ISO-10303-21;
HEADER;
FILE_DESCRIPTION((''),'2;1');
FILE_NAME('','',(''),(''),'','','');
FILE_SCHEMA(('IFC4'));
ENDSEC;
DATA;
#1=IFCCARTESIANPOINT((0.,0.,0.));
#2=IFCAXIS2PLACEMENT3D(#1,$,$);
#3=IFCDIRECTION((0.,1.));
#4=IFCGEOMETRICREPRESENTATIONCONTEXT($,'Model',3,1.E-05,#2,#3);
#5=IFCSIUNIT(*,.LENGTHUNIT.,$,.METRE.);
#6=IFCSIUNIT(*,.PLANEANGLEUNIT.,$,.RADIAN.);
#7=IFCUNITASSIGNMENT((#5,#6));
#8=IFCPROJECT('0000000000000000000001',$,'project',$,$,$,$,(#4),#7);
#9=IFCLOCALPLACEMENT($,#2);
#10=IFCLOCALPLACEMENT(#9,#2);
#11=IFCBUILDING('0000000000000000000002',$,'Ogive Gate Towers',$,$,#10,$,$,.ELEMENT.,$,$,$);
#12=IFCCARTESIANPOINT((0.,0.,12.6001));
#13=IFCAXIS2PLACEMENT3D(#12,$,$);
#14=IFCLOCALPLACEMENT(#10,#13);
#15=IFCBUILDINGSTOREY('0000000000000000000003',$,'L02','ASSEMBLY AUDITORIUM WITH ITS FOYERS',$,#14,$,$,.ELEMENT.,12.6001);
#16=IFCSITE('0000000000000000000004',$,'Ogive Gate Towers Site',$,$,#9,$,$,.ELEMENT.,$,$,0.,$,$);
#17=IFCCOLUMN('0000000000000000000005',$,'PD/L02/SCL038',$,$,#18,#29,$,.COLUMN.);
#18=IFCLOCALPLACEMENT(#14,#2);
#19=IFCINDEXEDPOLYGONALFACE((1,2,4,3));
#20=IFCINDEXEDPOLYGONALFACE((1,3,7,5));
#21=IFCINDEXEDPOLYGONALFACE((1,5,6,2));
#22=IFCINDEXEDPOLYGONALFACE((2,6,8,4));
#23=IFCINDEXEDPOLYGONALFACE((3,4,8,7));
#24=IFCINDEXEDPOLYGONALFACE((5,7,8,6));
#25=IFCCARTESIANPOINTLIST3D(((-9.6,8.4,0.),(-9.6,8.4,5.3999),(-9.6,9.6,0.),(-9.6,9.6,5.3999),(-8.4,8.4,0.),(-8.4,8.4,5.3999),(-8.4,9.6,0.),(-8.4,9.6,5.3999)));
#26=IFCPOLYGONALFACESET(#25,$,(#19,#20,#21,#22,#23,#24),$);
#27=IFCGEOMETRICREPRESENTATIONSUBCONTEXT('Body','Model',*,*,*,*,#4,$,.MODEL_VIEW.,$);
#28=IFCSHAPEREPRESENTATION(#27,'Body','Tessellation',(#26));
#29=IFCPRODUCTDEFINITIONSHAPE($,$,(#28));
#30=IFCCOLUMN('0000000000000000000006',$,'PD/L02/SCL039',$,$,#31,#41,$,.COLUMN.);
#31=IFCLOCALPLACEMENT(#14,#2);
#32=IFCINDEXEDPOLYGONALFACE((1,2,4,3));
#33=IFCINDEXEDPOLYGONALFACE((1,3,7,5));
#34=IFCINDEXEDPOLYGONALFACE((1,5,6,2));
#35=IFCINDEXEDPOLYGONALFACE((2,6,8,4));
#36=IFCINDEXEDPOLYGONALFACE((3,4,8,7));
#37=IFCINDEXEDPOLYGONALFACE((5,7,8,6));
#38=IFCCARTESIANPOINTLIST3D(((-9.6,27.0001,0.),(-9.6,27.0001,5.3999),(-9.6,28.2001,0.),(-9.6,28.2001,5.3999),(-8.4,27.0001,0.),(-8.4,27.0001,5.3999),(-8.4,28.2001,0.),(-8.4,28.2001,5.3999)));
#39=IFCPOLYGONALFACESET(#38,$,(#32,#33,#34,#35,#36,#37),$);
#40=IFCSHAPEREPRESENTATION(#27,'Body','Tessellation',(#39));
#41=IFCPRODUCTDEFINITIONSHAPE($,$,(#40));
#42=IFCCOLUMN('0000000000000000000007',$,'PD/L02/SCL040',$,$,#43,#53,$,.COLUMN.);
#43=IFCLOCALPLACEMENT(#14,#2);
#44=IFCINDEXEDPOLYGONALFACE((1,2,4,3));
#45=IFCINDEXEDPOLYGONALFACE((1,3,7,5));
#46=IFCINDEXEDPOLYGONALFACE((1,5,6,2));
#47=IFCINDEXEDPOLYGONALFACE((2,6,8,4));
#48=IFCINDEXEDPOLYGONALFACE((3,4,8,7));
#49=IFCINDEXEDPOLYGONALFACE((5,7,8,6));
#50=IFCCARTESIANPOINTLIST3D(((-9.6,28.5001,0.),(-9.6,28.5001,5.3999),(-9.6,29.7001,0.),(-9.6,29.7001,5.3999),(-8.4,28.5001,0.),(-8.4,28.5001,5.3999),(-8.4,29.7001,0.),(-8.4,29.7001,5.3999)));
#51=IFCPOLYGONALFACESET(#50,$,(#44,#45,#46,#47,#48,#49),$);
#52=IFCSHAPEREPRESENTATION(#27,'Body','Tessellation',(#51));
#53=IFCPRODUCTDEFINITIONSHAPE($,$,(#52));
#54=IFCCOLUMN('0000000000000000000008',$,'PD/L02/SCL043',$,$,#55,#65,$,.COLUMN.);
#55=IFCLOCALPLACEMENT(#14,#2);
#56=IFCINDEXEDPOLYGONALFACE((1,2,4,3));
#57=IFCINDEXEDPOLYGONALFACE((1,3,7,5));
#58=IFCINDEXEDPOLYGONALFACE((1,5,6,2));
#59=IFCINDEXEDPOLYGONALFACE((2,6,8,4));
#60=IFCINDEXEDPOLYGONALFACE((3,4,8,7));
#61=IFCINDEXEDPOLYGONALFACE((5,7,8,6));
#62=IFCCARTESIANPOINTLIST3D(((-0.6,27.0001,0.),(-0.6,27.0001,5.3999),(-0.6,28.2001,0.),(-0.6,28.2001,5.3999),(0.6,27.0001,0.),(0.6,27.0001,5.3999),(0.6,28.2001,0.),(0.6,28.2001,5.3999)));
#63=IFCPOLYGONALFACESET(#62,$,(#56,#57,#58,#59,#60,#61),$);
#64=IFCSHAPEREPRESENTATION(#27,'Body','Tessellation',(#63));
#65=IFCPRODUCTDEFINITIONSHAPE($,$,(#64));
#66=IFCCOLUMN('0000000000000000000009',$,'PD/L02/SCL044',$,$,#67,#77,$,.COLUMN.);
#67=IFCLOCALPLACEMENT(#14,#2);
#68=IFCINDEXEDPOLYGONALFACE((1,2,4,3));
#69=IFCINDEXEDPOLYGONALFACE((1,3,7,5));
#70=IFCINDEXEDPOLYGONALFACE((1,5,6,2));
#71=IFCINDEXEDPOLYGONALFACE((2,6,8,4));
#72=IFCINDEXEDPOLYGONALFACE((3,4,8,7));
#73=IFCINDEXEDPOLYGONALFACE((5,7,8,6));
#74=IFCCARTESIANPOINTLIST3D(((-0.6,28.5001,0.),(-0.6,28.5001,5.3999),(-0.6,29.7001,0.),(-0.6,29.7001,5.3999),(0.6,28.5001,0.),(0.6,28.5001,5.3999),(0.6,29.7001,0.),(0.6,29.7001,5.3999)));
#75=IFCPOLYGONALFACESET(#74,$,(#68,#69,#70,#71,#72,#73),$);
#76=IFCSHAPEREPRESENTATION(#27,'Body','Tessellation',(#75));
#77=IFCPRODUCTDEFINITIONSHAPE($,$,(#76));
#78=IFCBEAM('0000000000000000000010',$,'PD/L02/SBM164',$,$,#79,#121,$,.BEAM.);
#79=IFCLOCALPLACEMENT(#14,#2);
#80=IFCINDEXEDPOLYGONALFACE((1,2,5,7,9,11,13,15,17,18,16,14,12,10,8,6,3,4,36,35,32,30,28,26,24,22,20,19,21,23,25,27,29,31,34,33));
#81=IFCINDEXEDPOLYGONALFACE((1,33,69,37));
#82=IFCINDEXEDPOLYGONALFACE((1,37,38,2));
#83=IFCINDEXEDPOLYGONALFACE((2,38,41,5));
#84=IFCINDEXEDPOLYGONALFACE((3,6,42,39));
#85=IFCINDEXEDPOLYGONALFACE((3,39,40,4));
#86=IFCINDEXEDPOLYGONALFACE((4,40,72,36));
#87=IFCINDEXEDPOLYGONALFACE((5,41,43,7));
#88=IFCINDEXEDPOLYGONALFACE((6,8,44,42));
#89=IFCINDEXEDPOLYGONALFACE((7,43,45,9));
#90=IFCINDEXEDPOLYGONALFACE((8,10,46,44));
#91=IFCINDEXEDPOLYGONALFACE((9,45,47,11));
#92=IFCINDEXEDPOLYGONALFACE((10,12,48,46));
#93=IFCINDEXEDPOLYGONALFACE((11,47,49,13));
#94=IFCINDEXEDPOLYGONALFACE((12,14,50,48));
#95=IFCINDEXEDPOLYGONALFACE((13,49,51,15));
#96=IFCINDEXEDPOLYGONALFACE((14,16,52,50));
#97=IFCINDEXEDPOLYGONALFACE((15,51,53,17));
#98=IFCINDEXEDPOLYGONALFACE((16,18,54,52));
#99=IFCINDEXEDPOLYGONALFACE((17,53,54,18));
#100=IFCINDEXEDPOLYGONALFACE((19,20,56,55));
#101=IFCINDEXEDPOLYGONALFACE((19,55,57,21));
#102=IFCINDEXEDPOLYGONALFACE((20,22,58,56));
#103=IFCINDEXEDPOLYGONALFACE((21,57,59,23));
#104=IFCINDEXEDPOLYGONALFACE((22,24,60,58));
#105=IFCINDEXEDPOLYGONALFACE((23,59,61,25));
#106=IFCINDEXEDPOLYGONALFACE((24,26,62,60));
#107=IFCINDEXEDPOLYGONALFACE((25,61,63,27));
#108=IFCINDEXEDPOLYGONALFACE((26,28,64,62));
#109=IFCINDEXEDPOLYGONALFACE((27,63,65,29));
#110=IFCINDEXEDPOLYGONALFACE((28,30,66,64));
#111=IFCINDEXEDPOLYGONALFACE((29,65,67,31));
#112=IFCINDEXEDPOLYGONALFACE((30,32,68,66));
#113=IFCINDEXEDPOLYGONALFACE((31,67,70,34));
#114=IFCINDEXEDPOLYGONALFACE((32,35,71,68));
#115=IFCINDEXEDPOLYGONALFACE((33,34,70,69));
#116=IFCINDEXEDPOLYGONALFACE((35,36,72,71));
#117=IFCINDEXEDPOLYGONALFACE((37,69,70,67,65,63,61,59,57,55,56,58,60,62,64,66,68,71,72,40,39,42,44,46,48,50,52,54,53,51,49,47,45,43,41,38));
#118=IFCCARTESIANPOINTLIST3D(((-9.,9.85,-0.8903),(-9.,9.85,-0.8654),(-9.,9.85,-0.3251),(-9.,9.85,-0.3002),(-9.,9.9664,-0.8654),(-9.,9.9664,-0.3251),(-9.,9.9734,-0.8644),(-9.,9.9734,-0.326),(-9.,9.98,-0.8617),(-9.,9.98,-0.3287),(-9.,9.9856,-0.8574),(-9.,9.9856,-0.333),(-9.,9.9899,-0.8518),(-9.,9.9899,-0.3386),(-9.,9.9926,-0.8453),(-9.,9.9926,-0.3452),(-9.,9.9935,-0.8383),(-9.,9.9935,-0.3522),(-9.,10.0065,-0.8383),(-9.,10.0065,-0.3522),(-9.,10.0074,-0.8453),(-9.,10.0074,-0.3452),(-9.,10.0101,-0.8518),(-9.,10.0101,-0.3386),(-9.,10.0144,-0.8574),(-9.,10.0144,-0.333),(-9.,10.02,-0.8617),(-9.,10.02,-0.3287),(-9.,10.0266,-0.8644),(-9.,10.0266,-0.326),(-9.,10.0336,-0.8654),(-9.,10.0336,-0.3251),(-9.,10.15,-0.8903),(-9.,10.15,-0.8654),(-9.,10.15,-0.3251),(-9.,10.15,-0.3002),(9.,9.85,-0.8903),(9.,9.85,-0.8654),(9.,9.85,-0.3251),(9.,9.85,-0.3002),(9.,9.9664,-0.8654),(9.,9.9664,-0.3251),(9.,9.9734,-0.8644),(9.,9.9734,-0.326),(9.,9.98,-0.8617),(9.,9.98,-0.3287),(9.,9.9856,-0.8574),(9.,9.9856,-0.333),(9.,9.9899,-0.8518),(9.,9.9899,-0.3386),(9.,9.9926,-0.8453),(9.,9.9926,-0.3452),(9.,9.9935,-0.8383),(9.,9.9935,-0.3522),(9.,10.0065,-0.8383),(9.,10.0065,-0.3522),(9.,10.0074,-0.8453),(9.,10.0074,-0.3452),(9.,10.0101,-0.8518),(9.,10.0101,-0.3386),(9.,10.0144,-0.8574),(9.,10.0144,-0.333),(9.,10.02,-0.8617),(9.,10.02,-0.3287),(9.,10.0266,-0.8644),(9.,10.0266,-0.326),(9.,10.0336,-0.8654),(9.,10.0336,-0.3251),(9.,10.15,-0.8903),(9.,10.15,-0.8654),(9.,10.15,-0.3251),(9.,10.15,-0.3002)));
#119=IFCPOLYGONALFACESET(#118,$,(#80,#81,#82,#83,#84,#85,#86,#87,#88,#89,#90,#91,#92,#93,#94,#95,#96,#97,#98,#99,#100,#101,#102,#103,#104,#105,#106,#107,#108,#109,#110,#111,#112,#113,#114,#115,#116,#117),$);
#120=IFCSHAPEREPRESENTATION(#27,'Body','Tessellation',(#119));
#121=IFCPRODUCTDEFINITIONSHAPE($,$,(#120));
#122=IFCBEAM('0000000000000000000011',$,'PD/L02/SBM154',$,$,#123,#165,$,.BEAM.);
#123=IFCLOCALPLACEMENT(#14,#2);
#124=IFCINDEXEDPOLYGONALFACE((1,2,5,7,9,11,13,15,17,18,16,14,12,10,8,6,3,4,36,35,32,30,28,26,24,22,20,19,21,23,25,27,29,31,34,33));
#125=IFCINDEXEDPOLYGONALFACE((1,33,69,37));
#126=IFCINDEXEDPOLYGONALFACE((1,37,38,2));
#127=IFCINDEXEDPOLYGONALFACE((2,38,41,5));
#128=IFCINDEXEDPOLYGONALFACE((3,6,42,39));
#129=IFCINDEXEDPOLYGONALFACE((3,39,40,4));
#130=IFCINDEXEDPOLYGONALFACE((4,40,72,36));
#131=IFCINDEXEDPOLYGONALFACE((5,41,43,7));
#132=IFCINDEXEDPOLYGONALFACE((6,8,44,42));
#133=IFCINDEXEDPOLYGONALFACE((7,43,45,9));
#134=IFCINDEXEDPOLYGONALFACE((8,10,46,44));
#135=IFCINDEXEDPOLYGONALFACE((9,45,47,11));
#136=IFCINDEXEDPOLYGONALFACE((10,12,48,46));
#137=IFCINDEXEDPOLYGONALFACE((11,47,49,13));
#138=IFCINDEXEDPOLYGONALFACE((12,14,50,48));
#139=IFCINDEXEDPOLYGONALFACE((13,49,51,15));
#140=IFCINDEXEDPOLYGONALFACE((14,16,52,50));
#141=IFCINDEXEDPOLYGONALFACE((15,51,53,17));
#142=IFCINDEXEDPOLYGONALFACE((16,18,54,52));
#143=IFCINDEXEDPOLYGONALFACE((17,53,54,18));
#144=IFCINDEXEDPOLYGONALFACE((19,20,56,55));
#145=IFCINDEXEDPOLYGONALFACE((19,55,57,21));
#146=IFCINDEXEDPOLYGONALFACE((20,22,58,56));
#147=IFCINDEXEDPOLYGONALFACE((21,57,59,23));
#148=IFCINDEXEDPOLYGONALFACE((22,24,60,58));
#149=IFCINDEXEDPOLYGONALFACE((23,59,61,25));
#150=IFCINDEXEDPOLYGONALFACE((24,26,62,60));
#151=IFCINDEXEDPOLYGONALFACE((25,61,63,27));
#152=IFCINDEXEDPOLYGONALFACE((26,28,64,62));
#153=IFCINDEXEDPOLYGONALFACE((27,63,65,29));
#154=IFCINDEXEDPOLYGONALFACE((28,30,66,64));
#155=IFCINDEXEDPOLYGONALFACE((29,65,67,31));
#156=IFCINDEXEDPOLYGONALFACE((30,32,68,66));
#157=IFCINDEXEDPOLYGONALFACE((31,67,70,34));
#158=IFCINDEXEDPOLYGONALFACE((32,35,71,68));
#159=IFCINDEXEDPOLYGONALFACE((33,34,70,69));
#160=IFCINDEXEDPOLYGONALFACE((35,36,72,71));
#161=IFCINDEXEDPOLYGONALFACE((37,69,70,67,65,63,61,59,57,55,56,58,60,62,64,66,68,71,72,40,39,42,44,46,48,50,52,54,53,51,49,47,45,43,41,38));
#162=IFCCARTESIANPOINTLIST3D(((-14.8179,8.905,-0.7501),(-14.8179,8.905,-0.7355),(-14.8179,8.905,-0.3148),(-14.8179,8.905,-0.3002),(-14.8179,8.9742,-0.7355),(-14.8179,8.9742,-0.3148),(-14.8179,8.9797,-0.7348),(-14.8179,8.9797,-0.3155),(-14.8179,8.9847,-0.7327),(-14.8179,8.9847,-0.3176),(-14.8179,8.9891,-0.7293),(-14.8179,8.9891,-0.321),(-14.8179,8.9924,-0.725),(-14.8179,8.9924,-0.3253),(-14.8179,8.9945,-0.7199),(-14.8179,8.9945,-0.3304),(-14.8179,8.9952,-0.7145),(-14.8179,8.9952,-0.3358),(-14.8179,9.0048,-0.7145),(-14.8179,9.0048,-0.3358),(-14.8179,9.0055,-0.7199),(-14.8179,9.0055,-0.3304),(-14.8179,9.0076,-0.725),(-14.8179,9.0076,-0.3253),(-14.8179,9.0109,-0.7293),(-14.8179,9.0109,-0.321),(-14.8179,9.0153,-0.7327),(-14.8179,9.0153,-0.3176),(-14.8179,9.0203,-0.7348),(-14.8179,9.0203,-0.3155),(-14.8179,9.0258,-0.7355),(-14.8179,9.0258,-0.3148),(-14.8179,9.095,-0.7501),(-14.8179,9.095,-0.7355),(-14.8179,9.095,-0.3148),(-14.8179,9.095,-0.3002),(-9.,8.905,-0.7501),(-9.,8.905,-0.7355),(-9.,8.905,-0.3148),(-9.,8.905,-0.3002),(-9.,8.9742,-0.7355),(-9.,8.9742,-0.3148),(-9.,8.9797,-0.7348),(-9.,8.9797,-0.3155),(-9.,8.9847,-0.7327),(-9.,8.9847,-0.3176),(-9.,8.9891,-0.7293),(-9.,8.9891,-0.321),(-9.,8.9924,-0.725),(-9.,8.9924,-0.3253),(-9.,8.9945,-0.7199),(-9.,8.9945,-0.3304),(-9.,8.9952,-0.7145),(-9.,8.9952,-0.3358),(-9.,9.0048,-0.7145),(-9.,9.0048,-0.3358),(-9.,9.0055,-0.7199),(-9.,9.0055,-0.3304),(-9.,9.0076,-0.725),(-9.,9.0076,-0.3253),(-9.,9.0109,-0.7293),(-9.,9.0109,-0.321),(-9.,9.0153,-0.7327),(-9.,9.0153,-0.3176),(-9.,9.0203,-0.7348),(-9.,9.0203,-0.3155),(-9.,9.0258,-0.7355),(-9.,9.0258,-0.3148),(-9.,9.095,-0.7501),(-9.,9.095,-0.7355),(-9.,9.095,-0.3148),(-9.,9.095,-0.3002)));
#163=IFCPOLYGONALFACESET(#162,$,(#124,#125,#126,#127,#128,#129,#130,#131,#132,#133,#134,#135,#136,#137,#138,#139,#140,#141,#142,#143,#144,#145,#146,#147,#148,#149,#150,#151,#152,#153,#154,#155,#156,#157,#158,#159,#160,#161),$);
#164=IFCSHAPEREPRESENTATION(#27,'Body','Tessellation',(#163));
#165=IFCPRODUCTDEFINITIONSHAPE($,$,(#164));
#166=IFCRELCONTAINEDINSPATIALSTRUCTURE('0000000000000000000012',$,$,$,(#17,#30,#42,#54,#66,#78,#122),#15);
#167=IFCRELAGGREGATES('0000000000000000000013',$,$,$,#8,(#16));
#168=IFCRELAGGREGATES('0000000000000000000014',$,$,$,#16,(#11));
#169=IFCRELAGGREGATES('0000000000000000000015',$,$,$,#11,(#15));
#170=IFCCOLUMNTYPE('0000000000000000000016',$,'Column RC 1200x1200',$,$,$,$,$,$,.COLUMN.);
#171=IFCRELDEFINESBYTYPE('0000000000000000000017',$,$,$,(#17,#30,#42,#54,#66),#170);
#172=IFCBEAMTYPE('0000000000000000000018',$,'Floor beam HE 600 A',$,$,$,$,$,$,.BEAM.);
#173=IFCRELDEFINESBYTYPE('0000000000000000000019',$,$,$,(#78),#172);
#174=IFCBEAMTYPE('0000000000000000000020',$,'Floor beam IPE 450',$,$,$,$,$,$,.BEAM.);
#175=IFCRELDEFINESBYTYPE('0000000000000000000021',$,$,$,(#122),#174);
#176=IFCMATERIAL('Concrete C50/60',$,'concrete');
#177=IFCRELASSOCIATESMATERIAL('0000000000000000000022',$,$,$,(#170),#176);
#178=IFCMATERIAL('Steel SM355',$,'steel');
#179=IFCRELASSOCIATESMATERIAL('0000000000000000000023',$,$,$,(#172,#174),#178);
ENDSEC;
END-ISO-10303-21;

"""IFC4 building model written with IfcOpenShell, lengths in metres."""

from ifc_helpers import new_model, si_unit, direction, frame, origin, origin_2d, place, context, subcontext, project, spatial, rectangle, i_section, extrude, material, material_profile, profile_set, type_object, element, save


model = new_model("IFC4")

# Units and contexts
model_context = context("Model", 3, precision=1e-05, world=origin(), true_north=direction((0.0, 1.0)))
body_context = subcontext(model_context, "Body", "Model", "MODEL_VIEW")
ifc_project = project(units=[si_unit("LENGTHUNIT", "METRE"), si_unit("PLANEANGLEUNIT", "RADIAN")], contexts=[model_context])

# Site, building, storey
site_placement = place(None, origin())
site = spatial("IfcSite", under=ifc_project, at=site_placement, Name="Ogive Gate Towers Site", CompositionType="ELEMENT", RefElevation=0.0)
building_placement = place(site_placement, origin())
building = spatial("IfcBuilding", under=site, at=building_placement, Name="Ogive Gate Towers", CompositionType="ELEMENT")
storey_placement = place(building_placement, frame((0.0, 0.0, 12.6001)))
storey = spatial("IfcBuildingStorey", under=building, at=storey_placement, Name="L02", Description="ASSEMBLY AUDITORIUM WITH ITS FOYERS", CompositionType="ELEMENT", Elevation=12.6001)

# Columns
ifc_material_1 = material(Name="Concrete C50/60", Category="concrete")
ifc_material_profile_1 = material_profile(ifc_material_1, rectangle(XDim=1.2, YDim=1.2, at=origin_2d()), Name="RC 1200x1200")
ifc_profile_set_1 = profile_set([ifc_material_profile_1], Name="Concrete C50/60")
column_type = type_object("IfcColumnType", Name="Column RC 1200x1200", PredefinedType="COLUMN", material=ifc_profile_set_1)
for number, where, z_axis, x_axis, name in (
    (1, (-9.0, 9.0, 0.0), (0.0, 0.0, 1.0), (1.0, 0.0, 0.0), "PD/L02/SCL038"),
    (2, (-9.0, 27.6001, 0.0), (0.0, 0.0, 1.0), (1.0, 0.0, 0.0), "PD/L02/SCL039"),
    (3, (-9.0, 29.1001, 0.0), (0.0, 0.0, 1.0), (1.0, 0.0, 0.0), "PD/L02/SCL040"),
    (4, (0.0, 27.6001, 0.0), (0.0, 0.0, 1.0), (1.0, 0.0, 0.0), "PD/L02/SCL043"),
    (5, (0.0, 29.1001, 0.0), (0.0, 0.0, 1.0), (1.0, 0.0, 0.0), "PD/L02/SCL044"),
):
    element("IfcColumn", number, at=place(storey_placement, frame(where, z_axis=z_axis, x_axis=x_axis)), inside=storey, type_object=column_type, Name=name, PredefinedType="COLUMN", context=body_context, shape_type="SweptSolid", body=[
        extrude(rectangle(XDim=1.2, YDim=1.2, at=origin_2d()), origin(), (0.0, 0.0, 1.0), 5.3999),
    ])

# Beams
ifc_material_2 = material(Name="Steel SM355", Category="steel")
ifc_material_profile_2 = material_profile(ifc_material_2, i_section(OverallWidth=0.3, OverallDepth=0.5901, WebThickness=0.0129, FlangeThickness=0.0249, FilletRadius=0.0271, at=origin_2d()), Name="HE 600 A")
ifc_profile_set_2 = profile_set([ifc_material_profile_2], Name="Steel SM355")
beam_type_1 = type_object("IfcBeamType", Name="Floor beam HE 600 A", PredefinedType="BEAM", material=ifc_profile_set_2)
beam_1_placement = place(storey_placement, frame((-9.0, 10.0, -0.5952), z_axis=(1.0, 0.0, 0.0), x_axis=(0.0, 1.0, 0.0)))
element("IfcBeam", 6, at=beam_1_placement, inside=storey, type_object=beam_type_1, Name="PD/L02/SBM164", PredefinedType="BEAM", context=body_context, shape_type="SweptSolid", body=[
    extrude(i_section(OverallWidth=0.3, OverallDepth=0.5901, WebThickness=0.0129, FlangeThickness=0.0249, FilletRadius=0.0271, at=origin_2d()), origin(), (0.0, 0.0, 1.0), 18.0),
])
ifc_material_profile_3 = material_profile(ifc_material_2, i_section(OverallWidth=0.1899, OverallDepth=0.45, WebThickness=0.0095, FlangeThickness=0.0146, FilletRadius=0.021, at=origin_2d()), Name="IPE 450")
ifc_profile_set_3 = profile_set([ifc_material_profile_3], Name="Steel SM355")
beam_type_2 = type_object("IfcBeamType", Name="Floor beam IPE 450", PredefinedType="BEAM", material=ifc_profile_set_3)
beam_2_placement = place(storey_placement, frame((-9.0, 9.0, -0.5251), z_axis=(-1.0, 0.0, 0.0), x_axis=(0.0, -1.0, 0.0)))
element("IfcBeam", 7, at=beam_2_placement, inside=storey, type_object=beam_type_2, Name="PD/L02/SBM154", PredefinedType="BEAM", context=body_context, shape_type="SweptSolid", body=[
    extrude(i_section(OverallWidth=0.1899, OverallDepth=0.45, WebThickness=0.0095, FlangeThickness=0.0146, FilletRadius=0.021, at=origin_2d()), origin(), (0.0, 0.0, 1.0), 5.8179),
])

save(model, "model.ifc")
